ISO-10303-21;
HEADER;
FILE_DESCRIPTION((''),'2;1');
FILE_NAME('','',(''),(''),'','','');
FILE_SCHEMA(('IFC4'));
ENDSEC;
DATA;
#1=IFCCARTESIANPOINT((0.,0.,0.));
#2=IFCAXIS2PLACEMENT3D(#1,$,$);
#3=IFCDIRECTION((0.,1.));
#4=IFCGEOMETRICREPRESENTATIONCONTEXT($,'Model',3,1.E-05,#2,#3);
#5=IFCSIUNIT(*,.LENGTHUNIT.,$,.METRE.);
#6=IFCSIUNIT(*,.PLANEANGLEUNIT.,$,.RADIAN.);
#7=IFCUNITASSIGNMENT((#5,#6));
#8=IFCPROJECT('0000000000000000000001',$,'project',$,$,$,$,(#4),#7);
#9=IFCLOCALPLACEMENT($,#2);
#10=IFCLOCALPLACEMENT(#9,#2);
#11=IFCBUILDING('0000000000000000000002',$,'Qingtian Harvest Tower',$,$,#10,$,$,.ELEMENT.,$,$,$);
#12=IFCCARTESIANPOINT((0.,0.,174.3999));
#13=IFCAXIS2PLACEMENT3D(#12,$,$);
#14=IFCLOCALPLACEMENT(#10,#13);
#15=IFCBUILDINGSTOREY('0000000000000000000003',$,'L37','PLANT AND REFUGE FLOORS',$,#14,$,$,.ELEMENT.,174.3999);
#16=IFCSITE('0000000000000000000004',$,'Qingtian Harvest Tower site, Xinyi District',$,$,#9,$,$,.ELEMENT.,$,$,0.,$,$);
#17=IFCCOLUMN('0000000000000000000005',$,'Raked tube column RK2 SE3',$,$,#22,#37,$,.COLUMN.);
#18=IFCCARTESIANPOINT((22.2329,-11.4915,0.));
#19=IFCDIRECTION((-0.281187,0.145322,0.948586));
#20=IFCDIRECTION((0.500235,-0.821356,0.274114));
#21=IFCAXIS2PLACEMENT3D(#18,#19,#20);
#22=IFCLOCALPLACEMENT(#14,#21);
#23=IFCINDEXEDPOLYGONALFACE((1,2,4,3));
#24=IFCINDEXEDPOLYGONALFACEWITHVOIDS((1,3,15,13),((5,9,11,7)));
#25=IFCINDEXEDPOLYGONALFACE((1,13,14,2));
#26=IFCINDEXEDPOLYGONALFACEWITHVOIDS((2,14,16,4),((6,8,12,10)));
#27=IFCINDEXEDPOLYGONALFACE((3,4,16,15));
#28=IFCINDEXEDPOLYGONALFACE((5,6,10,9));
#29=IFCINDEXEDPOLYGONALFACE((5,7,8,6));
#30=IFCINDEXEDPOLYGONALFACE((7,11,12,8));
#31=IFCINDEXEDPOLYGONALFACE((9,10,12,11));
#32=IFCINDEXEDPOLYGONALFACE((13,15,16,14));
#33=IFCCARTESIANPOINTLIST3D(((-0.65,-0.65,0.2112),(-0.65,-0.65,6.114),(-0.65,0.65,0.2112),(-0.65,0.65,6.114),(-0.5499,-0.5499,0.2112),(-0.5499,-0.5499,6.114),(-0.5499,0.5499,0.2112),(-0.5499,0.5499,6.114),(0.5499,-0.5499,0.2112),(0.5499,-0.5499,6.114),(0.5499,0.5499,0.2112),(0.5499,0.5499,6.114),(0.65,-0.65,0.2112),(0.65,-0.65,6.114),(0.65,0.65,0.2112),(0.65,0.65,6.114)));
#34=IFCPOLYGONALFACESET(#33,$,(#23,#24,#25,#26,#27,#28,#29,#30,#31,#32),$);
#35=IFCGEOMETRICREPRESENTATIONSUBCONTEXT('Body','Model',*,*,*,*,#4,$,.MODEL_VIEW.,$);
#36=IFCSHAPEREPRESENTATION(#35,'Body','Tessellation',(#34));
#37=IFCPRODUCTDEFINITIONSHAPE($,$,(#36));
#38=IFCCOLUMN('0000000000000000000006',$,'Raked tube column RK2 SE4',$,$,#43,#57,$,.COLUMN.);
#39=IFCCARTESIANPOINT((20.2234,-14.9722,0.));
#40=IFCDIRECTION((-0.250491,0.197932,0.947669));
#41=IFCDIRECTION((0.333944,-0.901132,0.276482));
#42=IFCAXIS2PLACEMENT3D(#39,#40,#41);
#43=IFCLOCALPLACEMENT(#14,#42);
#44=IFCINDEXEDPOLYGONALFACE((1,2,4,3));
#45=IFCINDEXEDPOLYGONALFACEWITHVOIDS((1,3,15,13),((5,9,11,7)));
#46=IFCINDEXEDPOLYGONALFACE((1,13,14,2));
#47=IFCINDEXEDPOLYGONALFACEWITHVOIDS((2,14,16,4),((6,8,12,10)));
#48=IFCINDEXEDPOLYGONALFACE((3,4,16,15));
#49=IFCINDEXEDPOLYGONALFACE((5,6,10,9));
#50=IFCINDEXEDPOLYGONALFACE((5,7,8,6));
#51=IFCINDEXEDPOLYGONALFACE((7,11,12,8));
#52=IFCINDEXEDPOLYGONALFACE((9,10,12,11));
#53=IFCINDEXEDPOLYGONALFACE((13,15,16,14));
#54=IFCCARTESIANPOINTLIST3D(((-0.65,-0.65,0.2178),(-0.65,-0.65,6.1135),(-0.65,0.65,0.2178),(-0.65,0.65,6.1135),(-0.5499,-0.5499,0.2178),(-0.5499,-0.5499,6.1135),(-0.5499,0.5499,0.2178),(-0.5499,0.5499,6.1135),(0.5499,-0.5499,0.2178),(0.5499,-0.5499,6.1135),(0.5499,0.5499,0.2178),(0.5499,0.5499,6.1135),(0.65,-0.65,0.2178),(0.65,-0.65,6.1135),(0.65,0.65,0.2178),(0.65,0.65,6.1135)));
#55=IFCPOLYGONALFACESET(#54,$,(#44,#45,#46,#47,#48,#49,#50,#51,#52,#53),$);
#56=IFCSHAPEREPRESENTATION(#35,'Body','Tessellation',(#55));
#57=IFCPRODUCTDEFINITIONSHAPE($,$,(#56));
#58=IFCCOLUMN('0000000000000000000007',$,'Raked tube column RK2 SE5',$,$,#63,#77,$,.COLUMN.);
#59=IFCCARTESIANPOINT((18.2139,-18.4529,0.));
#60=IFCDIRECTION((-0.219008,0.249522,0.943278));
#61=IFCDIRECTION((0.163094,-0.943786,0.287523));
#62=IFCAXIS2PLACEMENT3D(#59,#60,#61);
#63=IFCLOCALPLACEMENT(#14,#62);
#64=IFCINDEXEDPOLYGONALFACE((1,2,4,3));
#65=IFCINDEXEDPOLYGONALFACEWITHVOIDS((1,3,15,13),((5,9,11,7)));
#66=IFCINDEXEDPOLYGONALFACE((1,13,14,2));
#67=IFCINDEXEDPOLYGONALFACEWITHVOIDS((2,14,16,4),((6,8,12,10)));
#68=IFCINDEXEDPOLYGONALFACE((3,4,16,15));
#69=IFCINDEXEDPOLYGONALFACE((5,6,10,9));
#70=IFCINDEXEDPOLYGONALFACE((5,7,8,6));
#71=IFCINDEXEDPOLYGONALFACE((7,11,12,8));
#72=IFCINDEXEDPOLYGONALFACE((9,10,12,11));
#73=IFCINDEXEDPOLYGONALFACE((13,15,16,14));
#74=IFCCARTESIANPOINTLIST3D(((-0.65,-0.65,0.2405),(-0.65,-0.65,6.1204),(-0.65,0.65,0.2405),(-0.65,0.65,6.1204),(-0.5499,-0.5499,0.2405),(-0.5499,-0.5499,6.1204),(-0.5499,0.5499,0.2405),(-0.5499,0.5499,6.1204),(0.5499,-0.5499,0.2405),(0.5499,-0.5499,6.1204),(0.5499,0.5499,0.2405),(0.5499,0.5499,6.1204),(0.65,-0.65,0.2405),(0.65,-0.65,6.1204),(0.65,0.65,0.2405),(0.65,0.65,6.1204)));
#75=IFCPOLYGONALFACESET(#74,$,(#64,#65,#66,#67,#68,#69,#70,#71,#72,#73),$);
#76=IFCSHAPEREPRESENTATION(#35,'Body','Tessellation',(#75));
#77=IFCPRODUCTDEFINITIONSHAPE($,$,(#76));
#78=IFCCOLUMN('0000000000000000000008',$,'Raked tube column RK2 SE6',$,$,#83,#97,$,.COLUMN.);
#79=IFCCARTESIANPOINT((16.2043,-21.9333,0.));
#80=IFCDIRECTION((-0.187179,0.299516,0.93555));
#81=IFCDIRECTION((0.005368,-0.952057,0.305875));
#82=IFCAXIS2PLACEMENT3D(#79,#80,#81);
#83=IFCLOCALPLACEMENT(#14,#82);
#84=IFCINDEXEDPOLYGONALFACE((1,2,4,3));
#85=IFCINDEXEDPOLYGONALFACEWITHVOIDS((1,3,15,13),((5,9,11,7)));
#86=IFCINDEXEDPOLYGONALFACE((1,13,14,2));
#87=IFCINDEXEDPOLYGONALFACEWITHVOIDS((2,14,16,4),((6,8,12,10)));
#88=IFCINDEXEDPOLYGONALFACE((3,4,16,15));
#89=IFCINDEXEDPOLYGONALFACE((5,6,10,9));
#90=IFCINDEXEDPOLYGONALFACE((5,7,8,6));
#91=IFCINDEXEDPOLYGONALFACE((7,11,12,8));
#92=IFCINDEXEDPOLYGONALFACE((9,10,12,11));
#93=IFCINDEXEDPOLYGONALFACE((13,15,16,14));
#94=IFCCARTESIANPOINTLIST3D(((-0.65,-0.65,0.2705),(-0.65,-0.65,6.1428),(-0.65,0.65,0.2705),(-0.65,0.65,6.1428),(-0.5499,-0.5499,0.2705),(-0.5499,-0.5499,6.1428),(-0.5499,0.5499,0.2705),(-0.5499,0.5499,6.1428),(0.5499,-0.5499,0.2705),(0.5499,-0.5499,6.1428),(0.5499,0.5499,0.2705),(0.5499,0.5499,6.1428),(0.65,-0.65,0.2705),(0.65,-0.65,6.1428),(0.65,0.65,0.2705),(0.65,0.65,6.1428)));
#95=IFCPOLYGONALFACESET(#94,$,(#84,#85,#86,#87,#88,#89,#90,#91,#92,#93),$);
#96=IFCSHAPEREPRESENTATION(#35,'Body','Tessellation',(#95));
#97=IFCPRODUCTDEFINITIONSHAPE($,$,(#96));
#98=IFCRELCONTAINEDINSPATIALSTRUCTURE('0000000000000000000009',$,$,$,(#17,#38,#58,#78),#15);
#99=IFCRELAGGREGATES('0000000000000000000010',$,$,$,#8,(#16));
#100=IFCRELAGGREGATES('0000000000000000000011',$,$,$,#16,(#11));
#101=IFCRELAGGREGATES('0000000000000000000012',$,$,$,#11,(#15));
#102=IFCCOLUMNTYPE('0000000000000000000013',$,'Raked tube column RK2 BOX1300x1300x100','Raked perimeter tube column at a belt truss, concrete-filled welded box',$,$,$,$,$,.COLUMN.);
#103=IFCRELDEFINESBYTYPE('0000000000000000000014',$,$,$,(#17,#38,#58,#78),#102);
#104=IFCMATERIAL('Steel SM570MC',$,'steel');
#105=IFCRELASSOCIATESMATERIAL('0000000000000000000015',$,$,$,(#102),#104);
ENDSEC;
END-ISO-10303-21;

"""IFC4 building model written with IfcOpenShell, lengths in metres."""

from ifc_helpers import new_model, si_unit, direction, frame, origin, origin_2d, place, context, subcontext, project, spatial, hollow_rectangle, extrude, clip, halfspace, material, material_profile, profile_set, type_object, element, save


model = new_model("IFC4")

# Units and contexts
model_context = context("Model", 3, precision=1e-05, world=origin(), true_north=direction((0.0, 1.0)))
body_context = subcontext(model_context, "Body", "Model", "MODEL_VIEW")
ifc_project = project(units=[si_unit("LENGTHUNIT", "METRE"), si_unit("PLANEANGLEUNIT", "RADIAN")], contexts=[model_context])

# Site, building, storey
site_placement = place(None, origin())
site = spatial("IfcSite", under=ifc_project, at=site_placement, Name="Qingtian Harvest Tower site, Xinyi District", CompositionType="ELEMENT", RefElevation=0.0)
building_placement = place(site_placement, origin())
building = spatial("IfcBuilding", under=site, at=building_placement, Name="Qingtian Harvest Tower", CompositionType="ELEMENT")
storey_placement = place(building_placement, frame((0.0, 0.0, 174.3999)))
storey = spatial("IfcBuildingStorey", under=building, at=storey_placement, Name="L37", Description="PLANT AND REFUGE FLOORS", CompositionType="ELEMENT", Elevation=174.3999)

# Columns
ifc_material_1 = material(Name="Steel SM570MC", Category="steel")
ifc_material_profile_1 = material_profile(ifc_material_1, hollow_rectangle(XDim=1.3, YDim=1.3, WallThickness=0.1001, at=origin_2d()), Name="BOX1300x1300x100")
ifc_profile_set_1 = profile_set([ifc_material_profile_1], Name="Steel SM570MC")
column_type = type_object("IfcColumnType", Name="Raked tube column RK2 BOX1300x1300x100", Description="Raked perimeter tube column at a belt truss, concrete-filled welded box", PredefinedType="COLUMN", material=ifc_profile_set_1)
column_1_placement = place(storey_placement, frame((22.2329, -11.4915, 0.0), z_axis=(-0.281187, 0.145322, 0.948586), x_axis=(0.500235, -0.821356, 0.274114)))
element("IfcColumn", 1, at=column_1_placement, inside=storey, type_object=column_type, Name="Raked tube column RK2 SE3", PredefinedType="COLUMN", context=body_context, shape_type="Clipping", body=[
    clip(clip(extrude(hollow_rectangle(XDim=1.3, YDim=1.3, WallThickness=0.1001, at=origin_2d()), origin(), (0.0, 0.0, 1.0), 6.3252), halfspace(frame((0.0, 0.0, 0.2112), z_axis=(0.0, 0.0, -1.0), x_axis=(0.0, -1.0, 0.0)), False)), halfspace(frame((0.0, 0.0, 6.114), z_axis=(0.0, 0.0, 1.0), x_axis=(0.0, 1.0, 0.0)), False)),
])
column_2_placement = place(storey_placement, frame((20.2234, -14.9722, 0.0), z_axis=(-0.250491, 0.197932, 0.947669), x_axis=(0.333944, -0.901132, 0.276482)))
element("IfcColumn", 2, at=column_2_placement, inside=storey, type_object=column_type, Name="Raked tube column RK2 SE4", PredefinedType="COLUMN", context=body_context, shape_type="Clipping", body=[
    clip(clip(extrude(hollow_rectangle(XDim=1.3, YDim=1.3, WallThickness=0.1001, at=origin_2d()), origin(), (0.0, 0.0, 1.0), 6.3313), halfspace(frame((0.0, 0.0, 0.2178), z_axis=(0.0, 0.0, -1.0), x_axis=(0.0, -1.0, 0.0)), False)), halfspace(frame((0.0, 0.0, 6.1135), z_axis=(0.0, 0.0, 1.0), x_axis=(0.0, 1.0, 0.0)), False)),
])
column_3_placement = place(storey_placement, frame((18.2139, -18.4529, 0.0), z_axis=(-0.219008, 0.249522, 0.943278), x_axis=(0.163094, -0.943786, 0.287523)))
element("IfcColumn", 3, at=column_3_placement, inside=storey, type_object=column_type, Name="Raked tube column RK2 SE5", PredefinedType="COLUMN", context=body_context, shape_type="Clipping", body=[
    clip(clip(extrude(hollow_rectangle(XDim=1.3, YDim=1.3, WallThickness=0.1001, at=origin_2d()), origin(), (0.0, 0.0, 1.0), 6.3608), halfspace(frame((0.0, 0.0, 0.2405), z_axis=(0.0, 0.0, -1.0), x_axis=(0.0, -1.0, 0.0)), False)), halfspace(frame((0.0, 0.0, 6.1204), z_axis=(0.0, 0.0, 1.0), x_axis=(0.0, 1.0, 0.0)), False)),
])
column_4_placement = place(storey_placement, frame((16.2043, -21.9333, 0.0), z_axis=(-0.187179, 0.299516, 0.93555), x_axis=(0.005368, -0.952057, 0.305875)))
element("IfcColumn", 4, at=column_4_placement, inside=storey, type_object=column_type, Name="Raked tube column RK2 SE6", PredefinedType="COLUMN", context=body_context, shape_type="Clipping", body=[
    clip(clip(extrude(hollow_rectangle(XDim=1.3, YDim=1.3, WallThickness=0.1001, at=origin_2d()), origin(), (0.0, 0.0, 1.0), 6.4133), halfspace(frame((0.0, 0.0, 0.2705), z_axis=(0.0, 0.0, -1.0), x_axis=(0.0, -1.0, 0.0)), False)), halfspace(frame((0.0, 0.0, 6.1428), z_axis=(0.0, 0.0, 1.0), x_axis=(0.0, 1.0, 0.0)), False)),
])

save(model, "model.ifc")
